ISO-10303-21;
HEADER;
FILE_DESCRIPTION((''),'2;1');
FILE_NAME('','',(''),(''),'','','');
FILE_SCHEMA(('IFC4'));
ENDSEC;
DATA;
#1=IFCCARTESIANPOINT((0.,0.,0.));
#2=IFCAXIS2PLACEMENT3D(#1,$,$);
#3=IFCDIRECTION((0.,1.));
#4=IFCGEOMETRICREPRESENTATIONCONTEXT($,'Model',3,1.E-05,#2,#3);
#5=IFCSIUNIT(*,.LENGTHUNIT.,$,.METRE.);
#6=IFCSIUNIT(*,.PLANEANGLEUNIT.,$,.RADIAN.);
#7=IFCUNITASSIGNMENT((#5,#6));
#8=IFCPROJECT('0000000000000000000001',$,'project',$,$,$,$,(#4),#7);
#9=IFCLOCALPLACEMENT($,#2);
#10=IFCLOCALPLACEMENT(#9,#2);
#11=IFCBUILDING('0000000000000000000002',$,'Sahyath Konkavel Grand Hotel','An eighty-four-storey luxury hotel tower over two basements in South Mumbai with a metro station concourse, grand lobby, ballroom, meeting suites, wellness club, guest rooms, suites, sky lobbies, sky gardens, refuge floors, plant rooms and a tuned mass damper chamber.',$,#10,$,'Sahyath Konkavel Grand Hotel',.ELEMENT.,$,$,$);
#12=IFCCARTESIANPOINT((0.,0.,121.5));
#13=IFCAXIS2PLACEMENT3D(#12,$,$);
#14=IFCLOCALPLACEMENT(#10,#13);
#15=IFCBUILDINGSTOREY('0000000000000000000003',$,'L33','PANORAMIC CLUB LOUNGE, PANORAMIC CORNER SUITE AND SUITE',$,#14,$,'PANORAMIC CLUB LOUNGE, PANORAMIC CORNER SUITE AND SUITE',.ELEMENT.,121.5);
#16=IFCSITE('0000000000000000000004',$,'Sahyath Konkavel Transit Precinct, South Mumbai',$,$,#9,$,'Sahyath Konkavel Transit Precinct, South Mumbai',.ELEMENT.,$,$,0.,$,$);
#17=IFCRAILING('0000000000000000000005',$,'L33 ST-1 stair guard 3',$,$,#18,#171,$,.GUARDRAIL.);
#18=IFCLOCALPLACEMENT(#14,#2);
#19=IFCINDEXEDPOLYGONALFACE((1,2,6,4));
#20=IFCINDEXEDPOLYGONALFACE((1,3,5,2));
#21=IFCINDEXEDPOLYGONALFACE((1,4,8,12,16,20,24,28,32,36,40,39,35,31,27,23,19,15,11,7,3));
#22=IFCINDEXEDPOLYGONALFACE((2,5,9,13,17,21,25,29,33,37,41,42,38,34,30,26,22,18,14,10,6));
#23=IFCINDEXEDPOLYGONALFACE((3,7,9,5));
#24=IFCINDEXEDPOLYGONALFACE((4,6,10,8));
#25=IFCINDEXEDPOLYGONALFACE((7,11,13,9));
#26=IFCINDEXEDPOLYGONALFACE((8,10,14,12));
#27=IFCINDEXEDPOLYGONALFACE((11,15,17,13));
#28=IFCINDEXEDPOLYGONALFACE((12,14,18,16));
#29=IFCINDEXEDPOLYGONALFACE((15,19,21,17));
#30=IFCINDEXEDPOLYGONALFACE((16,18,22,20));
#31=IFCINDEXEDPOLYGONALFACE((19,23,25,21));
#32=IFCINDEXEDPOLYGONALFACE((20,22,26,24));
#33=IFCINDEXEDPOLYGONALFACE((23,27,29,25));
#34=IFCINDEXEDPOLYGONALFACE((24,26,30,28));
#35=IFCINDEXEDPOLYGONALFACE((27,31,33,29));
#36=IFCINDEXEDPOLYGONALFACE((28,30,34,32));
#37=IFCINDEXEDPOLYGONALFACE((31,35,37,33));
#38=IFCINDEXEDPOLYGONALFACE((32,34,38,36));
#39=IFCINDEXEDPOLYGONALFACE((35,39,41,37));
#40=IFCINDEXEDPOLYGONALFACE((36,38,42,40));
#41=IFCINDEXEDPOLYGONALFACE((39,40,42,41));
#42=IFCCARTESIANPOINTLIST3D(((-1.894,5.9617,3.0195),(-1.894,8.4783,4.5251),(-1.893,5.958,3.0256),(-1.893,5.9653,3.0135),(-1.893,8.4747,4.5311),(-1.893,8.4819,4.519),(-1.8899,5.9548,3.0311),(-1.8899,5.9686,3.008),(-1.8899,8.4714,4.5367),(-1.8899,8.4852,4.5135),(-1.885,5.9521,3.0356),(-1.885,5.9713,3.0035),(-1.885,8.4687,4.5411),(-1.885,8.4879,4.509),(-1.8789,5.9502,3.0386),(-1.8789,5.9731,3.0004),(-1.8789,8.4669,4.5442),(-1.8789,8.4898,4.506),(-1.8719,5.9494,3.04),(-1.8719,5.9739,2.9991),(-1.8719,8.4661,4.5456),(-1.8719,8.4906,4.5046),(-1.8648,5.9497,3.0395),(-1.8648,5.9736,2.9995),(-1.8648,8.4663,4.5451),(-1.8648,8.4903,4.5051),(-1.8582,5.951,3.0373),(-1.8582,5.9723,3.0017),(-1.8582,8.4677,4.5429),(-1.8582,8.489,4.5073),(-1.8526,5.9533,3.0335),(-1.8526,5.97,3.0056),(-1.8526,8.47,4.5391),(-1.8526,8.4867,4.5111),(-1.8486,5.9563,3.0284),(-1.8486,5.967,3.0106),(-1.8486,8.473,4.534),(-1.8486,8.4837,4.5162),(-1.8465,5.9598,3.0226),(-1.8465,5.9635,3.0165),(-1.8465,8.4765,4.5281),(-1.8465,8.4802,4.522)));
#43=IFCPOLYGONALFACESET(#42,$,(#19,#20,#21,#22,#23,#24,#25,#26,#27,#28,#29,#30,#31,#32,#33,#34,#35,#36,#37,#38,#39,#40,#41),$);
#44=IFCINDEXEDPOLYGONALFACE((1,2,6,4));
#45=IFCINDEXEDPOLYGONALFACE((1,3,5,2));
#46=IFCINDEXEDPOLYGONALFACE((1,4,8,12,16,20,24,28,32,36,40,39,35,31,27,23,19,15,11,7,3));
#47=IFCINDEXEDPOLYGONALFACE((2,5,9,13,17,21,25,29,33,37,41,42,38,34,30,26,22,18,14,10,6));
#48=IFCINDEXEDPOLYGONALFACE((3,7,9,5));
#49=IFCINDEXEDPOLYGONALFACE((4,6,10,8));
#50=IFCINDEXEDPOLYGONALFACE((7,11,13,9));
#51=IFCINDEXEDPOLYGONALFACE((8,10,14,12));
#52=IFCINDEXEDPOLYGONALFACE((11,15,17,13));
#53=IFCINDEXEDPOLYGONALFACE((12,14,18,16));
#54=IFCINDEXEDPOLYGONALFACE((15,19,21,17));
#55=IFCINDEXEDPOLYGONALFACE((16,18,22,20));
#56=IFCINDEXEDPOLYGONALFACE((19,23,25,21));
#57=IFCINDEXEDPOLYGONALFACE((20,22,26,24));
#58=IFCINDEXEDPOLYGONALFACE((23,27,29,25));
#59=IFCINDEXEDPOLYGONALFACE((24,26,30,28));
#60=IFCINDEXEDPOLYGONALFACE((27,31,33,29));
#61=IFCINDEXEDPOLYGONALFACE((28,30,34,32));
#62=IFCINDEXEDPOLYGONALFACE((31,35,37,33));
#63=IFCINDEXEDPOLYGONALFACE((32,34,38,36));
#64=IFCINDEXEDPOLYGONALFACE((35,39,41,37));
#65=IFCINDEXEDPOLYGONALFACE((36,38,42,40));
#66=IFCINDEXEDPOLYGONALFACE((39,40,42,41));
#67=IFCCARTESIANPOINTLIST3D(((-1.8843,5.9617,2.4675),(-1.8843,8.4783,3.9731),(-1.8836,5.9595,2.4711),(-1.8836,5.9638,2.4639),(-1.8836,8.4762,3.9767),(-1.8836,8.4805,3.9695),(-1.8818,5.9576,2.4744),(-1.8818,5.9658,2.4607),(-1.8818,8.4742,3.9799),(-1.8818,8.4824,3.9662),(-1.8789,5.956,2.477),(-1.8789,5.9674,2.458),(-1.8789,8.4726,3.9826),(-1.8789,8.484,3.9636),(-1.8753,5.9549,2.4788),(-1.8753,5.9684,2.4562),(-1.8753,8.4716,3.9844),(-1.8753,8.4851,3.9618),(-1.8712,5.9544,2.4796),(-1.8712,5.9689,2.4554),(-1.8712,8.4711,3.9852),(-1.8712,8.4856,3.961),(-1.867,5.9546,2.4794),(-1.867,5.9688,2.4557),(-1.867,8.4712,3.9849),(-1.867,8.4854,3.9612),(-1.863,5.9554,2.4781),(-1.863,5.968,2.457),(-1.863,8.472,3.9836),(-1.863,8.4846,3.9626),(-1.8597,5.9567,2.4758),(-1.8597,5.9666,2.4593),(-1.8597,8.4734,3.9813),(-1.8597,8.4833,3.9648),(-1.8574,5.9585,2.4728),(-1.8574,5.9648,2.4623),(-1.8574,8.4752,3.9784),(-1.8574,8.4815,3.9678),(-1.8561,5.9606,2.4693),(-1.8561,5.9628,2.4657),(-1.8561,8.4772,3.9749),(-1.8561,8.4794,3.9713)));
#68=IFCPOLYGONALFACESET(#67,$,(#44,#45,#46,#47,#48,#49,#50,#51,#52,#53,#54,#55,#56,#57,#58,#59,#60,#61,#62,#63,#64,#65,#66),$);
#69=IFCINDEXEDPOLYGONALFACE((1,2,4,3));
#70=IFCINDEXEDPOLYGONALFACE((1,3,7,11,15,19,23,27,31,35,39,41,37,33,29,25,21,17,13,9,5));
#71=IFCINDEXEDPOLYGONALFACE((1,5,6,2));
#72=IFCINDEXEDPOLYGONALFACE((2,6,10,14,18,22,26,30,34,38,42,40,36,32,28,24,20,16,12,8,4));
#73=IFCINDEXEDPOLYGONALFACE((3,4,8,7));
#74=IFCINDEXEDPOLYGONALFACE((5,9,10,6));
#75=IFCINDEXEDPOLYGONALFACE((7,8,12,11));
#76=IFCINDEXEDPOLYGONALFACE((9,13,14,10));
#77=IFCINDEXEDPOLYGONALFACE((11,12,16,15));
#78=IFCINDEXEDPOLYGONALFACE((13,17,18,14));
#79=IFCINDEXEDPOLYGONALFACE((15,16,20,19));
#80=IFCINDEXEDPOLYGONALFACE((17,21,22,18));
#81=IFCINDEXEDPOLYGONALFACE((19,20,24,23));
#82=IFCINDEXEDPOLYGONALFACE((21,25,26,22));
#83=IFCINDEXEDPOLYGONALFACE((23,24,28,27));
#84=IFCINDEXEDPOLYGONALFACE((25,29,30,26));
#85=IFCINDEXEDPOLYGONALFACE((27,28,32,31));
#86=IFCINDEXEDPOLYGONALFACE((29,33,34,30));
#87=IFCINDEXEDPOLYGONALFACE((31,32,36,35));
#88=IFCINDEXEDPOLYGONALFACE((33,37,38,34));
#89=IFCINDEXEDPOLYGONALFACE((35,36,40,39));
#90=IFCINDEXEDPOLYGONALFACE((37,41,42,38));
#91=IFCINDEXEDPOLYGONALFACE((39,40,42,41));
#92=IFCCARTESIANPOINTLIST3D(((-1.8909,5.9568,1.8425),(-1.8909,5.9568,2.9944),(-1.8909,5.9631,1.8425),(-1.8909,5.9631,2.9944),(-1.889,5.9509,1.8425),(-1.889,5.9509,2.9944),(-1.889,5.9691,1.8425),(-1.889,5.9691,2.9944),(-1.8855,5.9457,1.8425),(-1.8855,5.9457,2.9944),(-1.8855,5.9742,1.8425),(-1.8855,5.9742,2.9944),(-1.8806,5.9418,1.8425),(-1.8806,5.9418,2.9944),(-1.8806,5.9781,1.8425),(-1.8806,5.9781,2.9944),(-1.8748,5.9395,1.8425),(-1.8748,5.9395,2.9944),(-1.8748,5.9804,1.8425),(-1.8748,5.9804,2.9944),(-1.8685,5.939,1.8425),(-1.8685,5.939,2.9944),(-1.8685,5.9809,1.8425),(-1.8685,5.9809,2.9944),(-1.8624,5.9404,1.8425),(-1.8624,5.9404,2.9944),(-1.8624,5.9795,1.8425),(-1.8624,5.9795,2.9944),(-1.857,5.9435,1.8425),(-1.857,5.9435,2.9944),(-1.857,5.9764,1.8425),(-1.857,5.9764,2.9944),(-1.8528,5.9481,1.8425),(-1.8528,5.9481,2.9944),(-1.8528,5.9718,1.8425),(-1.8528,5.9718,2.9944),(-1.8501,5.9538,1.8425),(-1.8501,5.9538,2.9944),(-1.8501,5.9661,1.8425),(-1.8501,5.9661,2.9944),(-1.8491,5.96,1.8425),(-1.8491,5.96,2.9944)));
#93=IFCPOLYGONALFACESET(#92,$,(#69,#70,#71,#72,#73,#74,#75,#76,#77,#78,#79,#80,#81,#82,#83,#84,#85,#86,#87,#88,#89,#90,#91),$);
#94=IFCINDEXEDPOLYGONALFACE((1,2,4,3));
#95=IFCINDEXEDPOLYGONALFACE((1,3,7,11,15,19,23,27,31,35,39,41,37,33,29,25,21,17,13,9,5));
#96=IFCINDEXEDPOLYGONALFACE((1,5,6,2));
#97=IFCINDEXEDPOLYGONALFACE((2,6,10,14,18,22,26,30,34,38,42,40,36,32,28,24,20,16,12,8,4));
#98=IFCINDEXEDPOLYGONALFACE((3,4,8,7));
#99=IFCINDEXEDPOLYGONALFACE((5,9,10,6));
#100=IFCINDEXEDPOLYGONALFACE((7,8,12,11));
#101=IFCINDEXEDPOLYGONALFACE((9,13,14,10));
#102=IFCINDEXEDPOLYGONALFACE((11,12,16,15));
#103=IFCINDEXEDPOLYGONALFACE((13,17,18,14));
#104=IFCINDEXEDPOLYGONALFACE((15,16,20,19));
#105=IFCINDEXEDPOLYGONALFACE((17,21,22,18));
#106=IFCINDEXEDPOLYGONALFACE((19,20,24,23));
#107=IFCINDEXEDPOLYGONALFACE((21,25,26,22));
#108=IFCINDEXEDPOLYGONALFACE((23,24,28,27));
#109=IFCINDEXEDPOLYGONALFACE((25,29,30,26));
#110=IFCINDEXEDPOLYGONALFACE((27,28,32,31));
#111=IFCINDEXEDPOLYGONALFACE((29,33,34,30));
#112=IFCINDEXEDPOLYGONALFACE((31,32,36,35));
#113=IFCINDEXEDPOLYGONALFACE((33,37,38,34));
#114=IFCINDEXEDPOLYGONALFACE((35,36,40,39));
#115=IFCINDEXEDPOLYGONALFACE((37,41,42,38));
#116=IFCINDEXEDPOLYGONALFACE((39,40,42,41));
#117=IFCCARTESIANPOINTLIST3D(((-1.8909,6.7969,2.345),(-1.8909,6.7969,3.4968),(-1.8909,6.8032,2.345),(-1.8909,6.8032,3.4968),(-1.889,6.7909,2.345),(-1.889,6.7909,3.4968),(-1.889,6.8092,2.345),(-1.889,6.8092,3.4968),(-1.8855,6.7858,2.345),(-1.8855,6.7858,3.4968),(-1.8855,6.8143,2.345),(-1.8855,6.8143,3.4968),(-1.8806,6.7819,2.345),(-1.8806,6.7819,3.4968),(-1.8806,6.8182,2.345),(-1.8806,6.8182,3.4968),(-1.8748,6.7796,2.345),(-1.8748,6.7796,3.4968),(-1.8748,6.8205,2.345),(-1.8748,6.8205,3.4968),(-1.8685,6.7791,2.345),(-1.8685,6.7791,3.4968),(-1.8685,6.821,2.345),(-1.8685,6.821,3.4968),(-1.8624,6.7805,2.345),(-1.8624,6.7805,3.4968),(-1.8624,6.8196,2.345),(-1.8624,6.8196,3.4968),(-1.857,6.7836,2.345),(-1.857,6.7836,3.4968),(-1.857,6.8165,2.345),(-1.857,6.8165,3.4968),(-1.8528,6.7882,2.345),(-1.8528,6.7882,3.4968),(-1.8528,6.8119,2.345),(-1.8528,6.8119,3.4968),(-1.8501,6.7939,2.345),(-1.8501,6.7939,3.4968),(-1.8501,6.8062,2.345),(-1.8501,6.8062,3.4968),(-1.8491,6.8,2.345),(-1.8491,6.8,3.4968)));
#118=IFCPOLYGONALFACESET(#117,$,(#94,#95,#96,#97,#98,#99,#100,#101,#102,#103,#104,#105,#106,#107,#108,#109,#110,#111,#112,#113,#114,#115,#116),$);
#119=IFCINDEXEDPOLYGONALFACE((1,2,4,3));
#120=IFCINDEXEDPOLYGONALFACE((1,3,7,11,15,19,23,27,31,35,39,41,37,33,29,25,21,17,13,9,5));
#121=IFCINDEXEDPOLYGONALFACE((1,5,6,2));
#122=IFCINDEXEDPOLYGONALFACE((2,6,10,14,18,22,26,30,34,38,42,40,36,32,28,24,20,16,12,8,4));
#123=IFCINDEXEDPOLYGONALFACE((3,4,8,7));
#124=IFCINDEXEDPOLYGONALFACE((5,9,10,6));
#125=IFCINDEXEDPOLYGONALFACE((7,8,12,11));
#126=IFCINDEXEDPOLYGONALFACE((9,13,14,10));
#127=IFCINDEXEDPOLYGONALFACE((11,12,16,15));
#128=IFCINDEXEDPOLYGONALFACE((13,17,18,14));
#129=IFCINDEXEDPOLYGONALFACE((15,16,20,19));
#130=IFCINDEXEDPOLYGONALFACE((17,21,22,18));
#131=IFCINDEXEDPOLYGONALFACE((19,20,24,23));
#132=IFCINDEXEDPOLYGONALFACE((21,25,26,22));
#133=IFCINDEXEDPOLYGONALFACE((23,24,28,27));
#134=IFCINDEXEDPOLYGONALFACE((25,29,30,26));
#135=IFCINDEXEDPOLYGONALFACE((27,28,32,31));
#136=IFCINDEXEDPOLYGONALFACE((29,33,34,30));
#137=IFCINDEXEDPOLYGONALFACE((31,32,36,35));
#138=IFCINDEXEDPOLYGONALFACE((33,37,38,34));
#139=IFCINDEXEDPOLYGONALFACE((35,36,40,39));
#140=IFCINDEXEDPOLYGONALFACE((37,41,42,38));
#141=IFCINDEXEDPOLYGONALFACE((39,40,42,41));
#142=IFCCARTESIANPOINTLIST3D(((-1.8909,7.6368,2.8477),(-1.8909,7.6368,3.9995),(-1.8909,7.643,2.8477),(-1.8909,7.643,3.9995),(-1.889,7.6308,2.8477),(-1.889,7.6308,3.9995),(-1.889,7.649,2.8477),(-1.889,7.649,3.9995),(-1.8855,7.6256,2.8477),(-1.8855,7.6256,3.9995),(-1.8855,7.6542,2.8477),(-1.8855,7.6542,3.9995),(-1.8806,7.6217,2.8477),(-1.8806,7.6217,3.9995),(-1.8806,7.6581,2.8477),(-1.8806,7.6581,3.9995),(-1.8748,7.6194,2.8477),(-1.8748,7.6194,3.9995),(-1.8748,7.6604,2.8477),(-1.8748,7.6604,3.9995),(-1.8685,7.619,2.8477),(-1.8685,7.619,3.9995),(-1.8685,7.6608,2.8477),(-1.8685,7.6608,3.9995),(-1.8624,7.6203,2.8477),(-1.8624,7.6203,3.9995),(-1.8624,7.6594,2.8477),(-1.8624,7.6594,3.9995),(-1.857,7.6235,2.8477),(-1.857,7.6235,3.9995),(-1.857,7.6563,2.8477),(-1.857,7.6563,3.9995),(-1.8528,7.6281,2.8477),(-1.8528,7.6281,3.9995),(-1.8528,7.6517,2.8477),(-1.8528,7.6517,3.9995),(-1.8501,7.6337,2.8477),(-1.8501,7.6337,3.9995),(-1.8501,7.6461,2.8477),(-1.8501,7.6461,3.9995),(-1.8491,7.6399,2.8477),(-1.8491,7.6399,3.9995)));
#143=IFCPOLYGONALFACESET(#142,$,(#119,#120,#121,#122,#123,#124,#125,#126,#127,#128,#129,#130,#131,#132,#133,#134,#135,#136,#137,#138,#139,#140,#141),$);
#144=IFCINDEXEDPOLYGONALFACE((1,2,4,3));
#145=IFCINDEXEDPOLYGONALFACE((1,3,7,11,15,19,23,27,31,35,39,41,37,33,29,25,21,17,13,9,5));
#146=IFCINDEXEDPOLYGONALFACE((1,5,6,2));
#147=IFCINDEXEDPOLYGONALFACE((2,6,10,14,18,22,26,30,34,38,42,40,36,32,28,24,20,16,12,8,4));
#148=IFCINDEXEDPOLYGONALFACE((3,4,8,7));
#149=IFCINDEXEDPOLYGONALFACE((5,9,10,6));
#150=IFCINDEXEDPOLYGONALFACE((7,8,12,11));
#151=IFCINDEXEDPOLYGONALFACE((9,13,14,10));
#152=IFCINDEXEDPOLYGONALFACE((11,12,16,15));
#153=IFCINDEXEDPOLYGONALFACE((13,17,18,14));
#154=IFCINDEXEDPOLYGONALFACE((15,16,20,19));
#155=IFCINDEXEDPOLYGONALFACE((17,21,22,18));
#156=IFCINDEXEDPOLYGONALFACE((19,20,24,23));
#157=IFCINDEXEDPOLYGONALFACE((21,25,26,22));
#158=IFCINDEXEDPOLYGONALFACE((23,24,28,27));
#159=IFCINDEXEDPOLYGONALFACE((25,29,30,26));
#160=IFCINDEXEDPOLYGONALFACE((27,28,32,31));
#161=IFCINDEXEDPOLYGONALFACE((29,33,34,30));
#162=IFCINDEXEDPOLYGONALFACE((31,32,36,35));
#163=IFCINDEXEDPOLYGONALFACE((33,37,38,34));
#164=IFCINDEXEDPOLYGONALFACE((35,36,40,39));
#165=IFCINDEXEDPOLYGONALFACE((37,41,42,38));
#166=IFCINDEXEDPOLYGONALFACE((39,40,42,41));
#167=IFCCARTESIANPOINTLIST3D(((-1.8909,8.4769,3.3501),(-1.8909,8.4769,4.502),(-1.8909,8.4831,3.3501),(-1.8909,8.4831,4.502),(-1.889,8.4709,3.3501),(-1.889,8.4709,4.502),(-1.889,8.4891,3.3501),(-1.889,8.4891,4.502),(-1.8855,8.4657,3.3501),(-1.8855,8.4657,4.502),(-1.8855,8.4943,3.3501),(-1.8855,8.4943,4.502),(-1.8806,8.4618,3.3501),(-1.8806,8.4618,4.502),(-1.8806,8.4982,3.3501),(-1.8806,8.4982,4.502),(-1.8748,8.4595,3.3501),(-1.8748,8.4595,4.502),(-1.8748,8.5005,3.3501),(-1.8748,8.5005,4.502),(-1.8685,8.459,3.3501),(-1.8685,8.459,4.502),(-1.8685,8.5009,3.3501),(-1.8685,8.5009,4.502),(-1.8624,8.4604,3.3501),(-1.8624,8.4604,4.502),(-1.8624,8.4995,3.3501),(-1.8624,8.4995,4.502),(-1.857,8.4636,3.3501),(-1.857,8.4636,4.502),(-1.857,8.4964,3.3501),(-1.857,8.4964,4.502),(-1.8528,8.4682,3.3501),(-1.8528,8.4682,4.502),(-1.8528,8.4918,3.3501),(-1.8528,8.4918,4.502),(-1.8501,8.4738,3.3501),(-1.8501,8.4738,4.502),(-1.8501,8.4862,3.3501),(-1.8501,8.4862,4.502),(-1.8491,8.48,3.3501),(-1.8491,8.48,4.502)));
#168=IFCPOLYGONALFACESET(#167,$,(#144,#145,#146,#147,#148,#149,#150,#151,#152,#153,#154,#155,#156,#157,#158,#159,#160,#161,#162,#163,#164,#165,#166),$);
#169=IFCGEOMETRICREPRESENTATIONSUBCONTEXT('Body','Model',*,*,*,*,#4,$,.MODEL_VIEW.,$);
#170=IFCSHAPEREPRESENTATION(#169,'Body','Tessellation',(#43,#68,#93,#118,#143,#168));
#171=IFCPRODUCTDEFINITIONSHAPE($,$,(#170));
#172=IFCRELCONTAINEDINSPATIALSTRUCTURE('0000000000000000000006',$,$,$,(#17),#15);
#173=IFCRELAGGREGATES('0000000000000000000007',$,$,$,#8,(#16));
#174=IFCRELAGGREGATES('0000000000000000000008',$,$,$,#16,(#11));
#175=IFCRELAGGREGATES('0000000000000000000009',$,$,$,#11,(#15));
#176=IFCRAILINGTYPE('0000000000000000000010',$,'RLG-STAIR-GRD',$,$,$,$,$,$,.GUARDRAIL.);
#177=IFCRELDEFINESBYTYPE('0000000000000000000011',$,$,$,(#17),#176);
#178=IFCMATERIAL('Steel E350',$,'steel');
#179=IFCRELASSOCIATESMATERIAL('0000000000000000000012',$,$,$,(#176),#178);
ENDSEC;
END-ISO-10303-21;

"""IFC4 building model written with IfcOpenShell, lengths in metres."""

from ifc_helpers import new_model, si_unit, direction, frame, origin, origin_2d, place, context, subcontext, project, spatial, circle, extrude, material, type_object, element, save


model = new_model("IFC4")

# Units and contexts
model_context = context("Model", 3, precision=1e-05, world=origin(), true_north=direction((0.0, 1.0)))
body_context = subcontext(model_context, "Body", "Model", "MODEL_VIEW")
ifc_project = project(units=[si_unit("LENGTHUNIT", "METRE"), si_unit("PLANEANGLEUNIT", "RADIAN")], contexts=[model_context])

# Site, building, storey
site_placement = place(None, origin())
site = spatial("IfcSite", under=ifc_project, at=site_placement, Name="Sahyath Konkavel Transit Precinct, South Mumbai", LongName="Sahyath Konkavel Transit Precinct, South Mumbai", CompositionType="ELEMENT", RefElevation=0.0)
building_placement = place(site_placement, origin())
building = spatial("IfcBuilding", under=site, at=building_placement, Name="Sahyath Konkavel Grand Hotel", Description="An eighty-four-storey luxury hotel tower over two basements in South Mumbai with a metro station concourse, grand lobby, ballroom, meeting suites, wellness club, guest rooms, suites, sky lobbies, sky gardens, refuge floors, plant rooms and a tuned mass damper chamber.", LongName="Sahyath Konkavel Grand Hotel", CompositionType="ELEMENT")
storey_placement = place(building_placement, frame((0.0, 0.0, 121.5)))
storey = spatial("IfcBuildingStorey", under=building, at=storey_placement, Name="L33", Description="PANORAMIC CLUB LOUNGE, PANORAMIC CORNER SUITE AND SUITE", LongName="PANORAMIC CLUB LOUNGE, PANORAMIC CORNER SUITE AND SUITE", CompositionType="ELEMENT", Elevation=121.5)

# Shared definitions
ifc_material_1 = material(Name="Steel E350", Category="steel")

# Railing
railing_type_1 = type_object("IfcRailingType", Name="RLG-STAIR-GRD", PredefinedType="GUARDRAIL", material=ifc_material_1)
railing_1_placement = place(storey_placement, frame((-1.8701, 5.96, 1.8425)))
element("IfcRailing", 1, at=railing_1_placement, inside=storey, type_object=railing_type_1, Name="L33 ST-1 stair guard 3", PredefinedType="GUARDRAIL", context=body_context, shape_type="SweptSolid", body=[
    extrude(circle(Radius=0.0239, at=origin_2d()), frame((0.0, 0.0017, 1.177), z_axis=(0.0, 0.85816, 0.513383), x_axis=(-1.0, 0.0, 0.0)), (0.0, 0.0, 1.0), 2.9326),
    extrude(circle(Radius=0.0142, at=origin_2d()), frame((0.0, 0.0017, 0.625), z_axis=(0.0, 0.85816, 0.513383), x_axis=(-1.0, 0.0, 0.0)), (0.0, 0.0, 1.0), 2.9326),
    extrude(circle(Radius=0.021, at=origin_2d()), origin(), (0.0, 0.0, 1.0), 1.1519),
    extrude(circle(Radius=0.021, at=origin_2d()), frame((0.0, 0.8401, 0.5024)), (0.0, 0.0, 1.0), 1.1519),
    extrude(circle(Radius=0.021, at=origin_2d()), frame((0.0, 1.6799, 1.0051)), (0.0, 0.0, 1.0), 1.1519),
    extrude(circle(Radius=0.021, at=origin_2d()), frame((0.0, 2.52, 1.5076)), (0.0, 0.0, 1.0), 1.1519),
])

save(model, "model.ifc")
